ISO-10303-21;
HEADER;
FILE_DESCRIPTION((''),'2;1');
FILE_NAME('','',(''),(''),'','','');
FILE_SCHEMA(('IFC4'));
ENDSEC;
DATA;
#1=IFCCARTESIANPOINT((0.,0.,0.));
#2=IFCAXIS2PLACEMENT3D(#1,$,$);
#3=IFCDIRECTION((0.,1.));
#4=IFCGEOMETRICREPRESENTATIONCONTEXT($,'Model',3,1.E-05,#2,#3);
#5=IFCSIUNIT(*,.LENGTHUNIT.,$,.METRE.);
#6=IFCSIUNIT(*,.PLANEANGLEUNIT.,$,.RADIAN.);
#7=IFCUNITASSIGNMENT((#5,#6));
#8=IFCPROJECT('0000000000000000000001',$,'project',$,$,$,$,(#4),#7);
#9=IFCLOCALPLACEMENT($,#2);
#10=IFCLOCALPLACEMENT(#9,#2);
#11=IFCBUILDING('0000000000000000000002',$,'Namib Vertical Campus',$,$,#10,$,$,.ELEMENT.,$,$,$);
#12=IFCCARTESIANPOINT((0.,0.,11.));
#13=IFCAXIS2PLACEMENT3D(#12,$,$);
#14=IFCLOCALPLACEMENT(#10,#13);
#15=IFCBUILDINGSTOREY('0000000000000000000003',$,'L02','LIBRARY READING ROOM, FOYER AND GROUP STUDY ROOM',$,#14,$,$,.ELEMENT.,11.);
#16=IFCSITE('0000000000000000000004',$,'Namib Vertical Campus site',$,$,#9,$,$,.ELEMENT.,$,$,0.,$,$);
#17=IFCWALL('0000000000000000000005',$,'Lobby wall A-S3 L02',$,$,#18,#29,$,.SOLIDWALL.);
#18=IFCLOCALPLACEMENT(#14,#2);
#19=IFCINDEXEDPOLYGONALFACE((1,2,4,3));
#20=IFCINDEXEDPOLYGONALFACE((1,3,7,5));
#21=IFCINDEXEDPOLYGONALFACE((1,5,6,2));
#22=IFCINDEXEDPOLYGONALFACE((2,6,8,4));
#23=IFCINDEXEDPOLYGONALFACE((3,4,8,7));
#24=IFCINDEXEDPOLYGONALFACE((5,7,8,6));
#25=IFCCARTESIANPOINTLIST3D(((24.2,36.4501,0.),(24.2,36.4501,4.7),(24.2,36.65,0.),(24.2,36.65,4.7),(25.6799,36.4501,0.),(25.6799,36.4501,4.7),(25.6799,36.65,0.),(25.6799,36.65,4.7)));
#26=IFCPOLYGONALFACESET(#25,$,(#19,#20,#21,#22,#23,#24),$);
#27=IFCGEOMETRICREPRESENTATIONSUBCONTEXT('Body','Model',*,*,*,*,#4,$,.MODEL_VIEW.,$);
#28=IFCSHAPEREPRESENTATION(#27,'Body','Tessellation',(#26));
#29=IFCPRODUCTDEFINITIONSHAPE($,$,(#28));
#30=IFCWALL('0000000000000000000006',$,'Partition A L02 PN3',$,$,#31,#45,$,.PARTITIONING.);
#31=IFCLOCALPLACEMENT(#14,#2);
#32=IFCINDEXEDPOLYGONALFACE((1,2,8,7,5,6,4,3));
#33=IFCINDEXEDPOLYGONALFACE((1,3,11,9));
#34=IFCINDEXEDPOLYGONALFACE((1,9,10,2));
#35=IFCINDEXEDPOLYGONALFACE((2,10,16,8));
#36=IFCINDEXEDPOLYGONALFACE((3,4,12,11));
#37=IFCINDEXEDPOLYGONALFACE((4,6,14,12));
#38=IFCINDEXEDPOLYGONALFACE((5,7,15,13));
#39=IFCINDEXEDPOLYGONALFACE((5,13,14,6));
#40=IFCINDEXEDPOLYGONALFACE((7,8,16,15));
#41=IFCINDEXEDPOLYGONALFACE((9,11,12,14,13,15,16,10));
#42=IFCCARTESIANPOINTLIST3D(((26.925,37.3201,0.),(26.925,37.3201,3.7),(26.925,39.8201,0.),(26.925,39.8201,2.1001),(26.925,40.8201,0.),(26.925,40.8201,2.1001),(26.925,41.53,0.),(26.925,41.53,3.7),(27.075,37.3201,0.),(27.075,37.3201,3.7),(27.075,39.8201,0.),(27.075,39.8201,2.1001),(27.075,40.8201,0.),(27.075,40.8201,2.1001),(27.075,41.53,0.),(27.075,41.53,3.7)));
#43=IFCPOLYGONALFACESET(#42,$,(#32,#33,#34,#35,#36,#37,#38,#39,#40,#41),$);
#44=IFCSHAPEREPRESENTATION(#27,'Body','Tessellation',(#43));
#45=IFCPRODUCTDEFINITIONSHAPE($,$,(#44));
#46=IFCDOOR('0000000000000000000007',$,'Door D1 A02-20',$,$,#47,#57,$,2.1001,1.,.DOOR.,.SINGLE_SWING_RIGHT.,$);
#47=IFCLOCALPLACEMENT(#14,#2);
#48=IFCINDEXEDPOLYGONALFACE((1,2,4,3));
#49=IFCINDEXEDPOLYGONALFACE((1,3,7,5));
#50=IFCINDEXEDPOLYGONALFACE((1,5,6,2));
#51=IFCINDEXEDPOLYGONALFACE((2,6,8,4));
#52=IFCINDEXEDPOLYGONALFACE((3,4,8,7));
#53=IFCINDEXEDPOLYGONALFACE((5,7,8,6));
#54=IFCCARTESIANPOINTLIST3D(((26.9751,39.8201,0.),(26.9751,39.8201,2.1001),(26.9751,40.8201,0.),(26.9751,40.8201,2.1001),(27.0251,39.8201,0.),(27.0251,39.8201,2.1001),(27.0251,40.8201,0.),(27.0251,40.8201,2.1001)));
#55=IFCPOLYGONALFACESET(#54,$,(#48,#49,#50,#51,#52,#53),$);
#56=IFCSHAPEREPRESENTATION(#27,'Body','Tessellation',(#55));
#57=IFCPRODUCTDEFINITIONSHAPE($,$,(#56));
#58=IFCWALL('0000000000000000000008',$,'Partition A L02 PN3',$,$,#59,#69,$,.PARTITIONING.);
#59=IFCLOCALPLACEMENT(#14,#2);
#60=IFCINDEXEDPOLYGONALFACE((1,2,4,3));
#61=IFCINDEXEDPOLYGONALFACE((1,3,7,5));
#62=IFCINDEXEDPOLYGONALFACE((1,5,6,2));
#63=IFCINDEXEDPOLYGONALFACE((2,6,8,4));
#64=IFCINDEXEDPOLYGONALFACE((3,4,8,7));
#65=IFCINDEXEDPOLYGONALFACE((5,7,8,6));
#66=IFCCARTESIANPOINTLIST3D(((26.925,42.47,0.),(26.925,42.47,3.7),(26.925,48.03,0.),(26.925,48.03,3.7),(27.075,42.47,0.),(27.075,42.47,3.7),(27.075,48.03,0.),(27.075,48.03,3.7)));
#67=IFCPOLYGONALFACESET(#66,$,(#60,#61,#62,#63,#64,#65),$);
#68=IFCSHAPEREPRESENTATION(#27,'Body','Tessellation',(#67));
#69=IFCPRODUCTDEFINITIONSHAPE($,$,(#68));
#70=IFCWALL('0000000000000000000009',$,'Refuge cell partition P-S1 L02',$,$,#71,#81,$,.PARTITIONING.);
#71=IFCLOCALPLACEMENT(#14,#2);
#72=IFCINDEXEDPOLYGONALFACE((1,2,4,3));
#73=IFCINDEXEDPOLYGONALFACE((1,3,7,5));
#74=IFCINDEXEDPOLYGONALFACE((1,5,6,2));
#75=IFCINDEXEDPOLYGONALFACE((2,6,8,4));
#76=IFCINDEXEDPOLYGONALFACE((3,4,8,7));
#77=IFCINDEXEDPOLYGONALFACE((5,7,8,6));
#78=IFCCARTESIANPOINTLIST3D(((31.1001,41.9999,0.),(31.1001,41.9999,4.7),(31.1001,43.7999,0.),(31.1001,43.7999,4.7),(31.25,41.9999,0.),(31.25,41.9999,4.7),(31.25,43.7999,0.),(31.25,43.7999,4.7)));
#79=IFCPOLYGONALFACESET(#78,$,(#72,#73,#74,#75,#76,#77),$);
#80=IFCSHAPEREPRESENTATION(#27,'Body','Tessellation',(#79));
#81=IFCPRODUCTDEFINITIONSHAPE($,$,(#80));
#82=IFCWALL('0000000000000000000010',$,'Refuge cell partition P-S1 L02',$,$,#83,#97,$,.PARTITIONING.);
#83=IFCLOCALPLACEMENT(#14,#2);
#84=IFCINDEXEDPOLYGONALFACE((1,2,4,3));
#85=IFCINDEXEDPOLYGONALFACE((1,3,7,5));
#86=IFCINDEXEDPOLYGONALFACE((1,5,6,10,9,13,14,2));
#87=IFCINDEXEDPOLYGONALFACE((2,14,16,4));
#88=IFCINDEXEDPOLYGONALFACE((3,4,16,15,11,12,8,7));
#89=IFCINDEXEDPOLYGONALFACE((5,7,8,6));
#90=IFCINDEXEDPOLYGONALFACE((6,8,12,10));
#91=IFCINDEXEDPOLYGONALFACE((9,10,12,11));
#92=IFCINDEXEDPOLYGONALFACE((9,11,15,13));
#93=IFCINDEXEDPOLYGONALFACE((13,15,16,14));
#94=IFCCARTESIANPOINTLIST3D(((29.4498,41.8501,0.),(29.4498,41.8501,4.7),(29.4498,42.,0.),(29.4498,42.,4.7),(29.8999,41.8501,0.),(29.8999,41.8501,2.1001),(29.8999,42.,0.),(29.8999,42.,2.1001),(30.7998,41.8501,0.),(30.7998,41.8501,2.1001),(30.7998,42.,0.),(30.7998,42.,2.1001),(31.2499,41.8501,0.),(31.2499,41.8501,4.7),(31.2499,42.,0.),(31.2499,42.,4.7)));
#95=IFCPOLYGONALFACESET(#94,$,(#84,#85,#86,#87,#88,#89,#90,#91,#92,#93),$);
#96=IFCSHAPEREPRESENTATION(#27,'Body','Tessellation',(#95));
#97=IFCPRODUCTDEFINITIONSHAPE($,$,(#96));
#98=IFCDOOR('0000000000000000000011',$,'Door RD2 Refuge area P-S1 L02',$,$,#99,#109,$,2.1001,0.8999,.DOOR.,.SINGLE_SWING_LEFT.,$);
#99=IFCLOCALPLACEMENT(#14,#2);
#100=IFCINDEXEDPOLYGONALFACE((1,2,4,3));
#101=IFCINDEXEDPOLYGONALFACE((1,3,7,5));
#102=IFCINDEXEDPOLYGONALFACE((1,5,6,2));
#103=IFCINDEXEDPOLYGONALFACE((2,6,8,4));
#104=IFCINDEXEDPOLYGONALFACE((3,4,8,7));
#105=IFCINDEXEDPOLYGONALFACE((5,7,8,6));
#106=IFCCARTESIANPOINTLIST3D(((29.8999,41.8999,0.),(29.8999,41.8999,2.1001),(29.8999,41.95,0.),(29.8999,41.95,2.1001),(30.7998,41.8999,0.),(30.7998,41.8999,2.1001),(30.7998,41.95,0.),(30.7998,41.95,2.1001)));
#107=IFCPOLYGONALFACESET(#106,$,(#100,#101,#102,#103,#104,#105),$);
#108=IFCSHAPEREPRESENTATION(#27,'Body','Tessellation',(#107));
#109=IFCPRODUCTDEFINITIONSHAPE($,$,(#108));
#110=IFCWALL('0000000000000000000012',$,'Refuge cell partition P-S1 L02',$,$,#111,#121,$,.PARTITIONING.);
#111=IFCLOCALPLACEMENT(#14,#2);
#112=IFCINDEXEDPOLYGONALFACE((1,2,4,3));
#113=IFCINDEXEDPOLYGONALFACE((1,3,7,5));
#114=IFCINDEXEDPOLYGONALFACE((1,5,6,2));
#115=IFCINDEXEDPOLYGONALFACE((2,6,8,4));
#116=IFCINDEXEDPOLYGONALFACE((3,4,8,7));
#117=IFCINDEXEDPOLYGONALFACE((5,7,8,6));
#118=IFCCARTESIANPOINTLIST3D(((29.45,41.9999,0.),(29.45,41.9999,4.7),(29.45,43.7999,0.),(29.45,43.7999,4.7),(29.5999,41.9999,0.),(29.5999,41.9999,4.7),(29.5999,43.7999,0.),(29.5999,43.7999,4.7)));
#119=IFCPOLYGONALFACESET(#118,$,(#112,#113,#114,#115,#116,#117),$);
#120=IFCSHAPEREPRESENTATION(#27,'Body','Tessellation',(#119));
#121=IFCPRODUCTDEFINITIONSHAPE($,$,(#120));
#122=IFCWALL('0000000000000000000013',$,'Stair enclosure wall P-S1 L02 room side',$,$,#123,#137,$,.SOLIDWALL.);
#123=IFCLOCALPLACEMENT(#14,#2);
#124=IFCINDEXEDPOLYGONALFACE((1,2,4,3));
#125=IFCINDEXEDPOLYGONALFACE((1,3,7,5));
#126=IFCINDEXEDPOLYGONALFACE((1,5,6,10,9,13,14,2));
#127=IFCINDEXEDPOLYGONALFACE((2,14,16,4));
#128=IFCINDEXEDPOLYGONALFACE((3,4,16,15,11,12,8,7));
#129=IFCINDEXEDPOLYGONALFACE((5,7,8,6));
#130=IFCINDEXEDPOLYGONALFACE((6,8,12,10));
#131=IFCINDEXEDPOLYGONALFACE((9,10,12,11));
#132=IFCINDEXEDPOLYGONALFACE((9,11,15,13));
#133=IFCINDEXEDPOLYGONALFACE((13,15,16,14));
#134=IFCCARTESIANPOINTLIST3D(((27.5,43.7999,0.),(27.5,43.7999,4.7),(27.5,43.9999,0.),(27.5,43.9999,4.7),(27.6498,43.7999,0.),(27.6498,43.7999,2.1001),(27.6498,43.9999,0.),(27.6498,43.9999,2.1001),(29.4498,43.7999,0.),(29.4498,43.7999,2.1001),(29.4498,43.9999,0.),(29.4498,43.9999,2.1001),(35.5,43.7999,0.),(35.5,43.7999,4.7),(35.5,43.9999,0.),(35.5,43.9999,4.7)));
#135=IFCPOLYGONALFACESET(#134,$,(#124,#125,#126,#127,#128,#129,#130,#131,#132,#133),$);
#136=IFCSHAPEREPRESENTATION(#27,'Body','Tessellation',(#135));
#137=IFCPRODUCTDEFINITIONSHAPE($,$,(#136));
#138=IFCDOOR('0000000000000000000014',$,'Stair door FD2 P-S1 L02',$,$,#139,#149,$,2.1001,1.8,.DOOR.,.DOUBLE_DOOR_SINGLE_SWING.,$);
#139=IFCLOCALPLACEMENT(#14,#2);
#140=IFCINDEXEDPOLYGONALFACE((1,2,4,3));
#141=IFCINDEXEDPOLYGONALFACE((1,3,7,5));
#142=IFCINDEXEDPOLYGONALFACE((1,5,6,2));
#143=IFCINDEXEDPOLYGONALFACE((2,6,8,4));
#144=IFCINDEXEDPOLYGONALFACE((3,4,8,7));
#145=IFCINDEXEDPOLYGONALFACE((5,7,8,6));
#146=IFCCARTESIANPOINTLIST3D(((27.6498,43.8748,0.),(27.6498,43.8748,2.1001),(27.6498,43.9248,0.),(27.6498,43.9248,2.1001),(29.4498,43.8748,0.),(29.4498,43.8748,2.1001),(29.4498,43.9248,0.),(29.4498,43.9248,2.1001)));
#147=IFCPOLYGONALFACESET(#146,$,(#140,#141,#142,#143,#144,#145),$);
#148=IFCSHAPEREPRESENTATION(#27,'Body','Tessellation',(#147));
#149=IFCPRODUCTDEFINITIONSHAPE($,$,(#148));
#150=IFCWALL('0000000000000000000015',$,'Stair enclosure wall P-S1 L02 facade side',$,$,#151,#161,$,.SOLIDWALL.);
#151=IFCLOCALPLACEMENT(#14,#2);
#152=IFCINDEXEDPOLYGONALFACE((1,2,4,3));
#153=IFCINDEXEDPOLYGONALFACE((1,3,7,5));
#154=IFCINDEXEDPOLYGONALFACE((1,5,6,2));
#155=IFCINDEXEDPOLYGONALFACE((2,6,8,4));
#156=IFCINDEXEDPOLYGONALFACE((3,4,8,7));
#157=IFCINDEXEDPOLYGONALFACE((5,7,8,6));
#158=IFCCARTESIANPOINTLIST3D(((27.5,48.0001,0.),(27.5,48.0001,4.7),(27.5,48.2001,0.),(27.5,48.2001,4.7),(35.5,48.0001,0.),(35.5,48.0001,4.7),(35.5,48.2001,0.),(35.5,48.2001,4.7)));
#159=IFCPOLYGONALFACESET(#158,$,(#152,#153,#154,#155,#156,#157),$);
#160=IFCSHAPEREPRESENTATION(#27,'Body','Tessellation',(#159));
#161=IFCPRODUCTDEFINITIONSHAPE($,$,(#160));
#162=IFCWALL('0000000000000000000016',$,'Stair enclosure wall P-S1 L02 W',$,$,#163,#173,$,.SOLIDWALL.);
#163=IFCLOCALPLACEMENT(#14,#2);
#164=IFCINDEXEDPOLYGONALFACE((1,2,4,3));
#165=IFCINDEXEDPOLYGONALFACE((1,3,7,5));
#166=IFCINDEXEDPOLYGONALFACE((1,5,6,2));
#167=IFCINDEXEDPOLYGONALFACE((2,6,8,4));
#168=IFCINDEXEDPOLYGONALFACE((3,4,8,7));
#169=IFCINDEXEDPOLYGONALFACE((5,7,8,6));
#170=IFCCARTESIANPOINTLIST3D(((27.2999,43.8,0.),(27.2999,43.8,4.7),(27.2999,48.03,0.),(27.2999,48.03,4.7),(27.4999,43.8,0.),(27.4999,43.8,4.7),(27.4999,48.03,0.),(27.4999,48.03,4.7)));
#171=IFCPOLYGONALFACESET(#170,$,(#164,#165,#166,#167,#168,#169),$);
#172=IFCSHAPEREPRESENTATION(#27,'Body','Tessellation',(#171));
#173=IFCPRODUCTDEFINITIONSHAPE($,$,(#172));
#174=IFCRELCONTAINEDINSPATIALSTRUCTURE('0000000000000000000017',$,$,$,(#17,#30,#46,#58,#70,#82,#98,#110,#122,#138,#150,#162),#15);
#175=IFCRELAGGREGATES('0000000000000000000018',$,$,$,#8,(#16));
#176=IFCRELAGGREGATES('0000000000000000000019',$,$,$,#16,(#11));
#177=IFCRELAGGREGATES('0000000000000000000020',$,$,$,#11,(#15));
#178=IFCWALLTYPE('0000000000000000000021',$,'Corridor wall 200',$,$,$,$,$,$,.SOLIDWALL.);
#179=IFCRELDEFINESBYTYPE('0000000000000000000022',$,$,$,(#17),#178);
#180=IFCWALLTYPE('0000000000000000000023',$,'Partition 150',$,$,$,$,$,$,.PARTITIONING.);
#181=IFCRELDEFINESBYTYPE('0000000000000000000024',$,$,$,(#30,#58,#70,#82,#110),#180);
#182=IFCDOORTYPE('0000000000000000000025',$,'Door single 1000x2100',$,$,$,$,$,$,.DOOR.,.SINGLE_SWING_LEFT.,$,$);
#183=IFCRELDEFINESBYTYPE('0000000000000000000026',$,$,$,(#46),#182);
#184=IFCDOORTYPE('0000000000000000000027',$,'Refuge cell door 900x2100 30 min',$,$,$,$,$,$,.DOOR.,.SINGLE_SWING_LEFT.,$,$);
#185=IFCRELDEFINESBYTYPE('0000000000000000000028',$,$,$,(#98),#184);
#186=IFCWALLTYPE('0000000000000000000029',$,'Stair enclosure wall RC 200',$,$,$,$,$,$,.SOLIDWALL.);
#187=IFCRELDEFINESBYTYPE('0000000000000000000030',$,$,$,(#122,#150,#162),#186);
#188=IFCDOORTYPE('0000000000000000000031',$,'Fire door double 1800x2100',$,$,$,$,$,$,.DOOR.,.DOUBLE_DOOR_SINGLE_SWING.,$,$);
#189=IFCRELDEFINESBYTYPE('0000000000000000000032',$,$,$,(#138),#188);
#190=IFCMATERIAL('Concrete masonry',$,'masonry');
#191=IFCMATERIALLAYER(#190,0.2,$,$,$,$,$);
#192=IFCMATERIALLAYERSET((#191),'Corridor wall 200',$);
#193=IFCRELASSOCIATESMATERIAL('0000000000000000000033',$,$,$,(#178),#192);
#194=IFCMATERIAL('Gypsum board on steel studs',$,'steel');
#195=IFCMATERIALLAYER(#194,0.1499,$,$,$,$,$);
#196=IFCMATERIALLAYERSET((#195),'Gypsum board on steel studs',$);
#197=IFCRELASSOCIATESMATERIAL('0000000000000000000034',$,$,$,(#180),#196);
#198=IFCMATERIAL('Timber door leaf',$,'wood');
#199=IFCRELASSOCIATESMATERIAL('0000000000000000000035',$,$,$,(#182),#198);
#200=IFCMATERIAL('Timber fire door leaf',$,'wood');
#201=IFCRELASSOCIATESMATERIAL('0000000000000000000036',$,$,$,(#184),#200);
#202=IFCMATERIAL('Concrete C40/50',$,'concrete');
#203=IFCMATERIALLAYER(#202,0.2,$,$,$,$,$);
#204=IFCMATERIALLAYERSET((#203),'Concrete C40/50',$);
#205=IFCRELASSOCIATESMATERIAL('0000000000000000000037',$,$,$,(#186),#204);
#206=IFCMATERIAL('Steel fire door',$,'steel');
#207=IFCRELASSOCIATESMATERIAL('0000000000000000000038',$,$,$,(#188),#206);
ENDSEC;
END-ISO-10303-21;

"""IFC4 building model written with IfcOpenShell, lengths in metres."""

from ifc_helpers import new_model, si_unit, direction, frame, frame_2d, origin, place, context, subcontext, project, spatial, rectangle, extrude, material, layer, layer_set, type_object, element, fill, save


model = new_model("IFC4")

# Units and contexts
model_context = context("Model", 3, precision=1e-05, world=origin(), true_north=direction((0.0, 1.0)))
body_context = subcontext(model_context, "Body", "Model", "MODEL_VIEW")
ifc_project = project(units=[si_unit("LENGTHUNIT", "METRE"), si_unit("PLANEANGLEUNIT", "RADIAN")], contexts=[model_context])

# Site, building, storey
site_placement = place(None, origin())
site = spatial("IfcSite", under=ifc_project, at=site_placement, Name="Namib Vertical Campus site", CompositionType="ELEMENT", RefElevation=0.0)
building_placement = place(site_placement, origin())
building = spatial("IfcBuilding", under=site, at=building_placement, Name="Namib Vertical Campus", CompositionType="ELEMENT")
storey_placement = place(building_placement, frame((0.0, 0.0, 11.0)))
storey = spatial("IfcBuildingStorey", under=building, at=storey_placement, Name="L02", Description="LIBRARY READING ROOM, FOYER AND GROUP STUDY ROOM", CompositionType="ELEMENT", Elevation=11.0)

# Wall
ifc_material_1 = material(Name="Concrete masonry", Category="masonry")
ifc_layer_1 = layer(ifc_material_1, 0.2)
ifc_layer_set_1 = layer_set([ifc_layer_1], Name="Corridor wall 200")
wall_type_1 = type_object("IfcWallType", Name="Corridor wall 200", PredefinedType="SOLIDWALL", material=ifc_layer_set_1)
wall_1_placement = place(storey_placement, frame((24.2, 36.55, 0.0), z_axis=(0.0, 0.0, 1.0), x_axis=(1.0, 0.0, 0.0)))
element("IfcWall", 1, at=wall_1_placement, inside=storey, type_object=wall_type_1, Name="Lobby wall A-S3 L02", PredefinedType="SOLIDWALL", context=body_context, shape_type="SweptSolid", body=[
    extrude(rectangle(XDim=1.48, YDim=0.2, at=frame_2d((0.74, 0.0))), origin(), (0.0, 0.0, 1.0), 4.7),
])

# Wall, opening, door
ifc_material_2 = material(Name="Gypsum board on steel studs", Category="steel")
ifc_layer_2 = layer(ifc_material_2, 0.1499)
ifc_layer_set_2 = layer_set([ifc_layer_2], Name="Gypsum board on steel studs")
wall_type_2 = type_object("IfcWallType", Name="Partition 150", PredefinedType="PARTITIONING", material=ifc_layer_set_2)
wall_2_placement = place(storey_placement, frame((27.0, 37.3201, 0.0), z_axis=(0.0, 0.0, 1.0), x_axis=(0.0, 1.0, 0.0)))
wall_2 = element("IfcWall", 2, at=wall_2_placement, inside=storey, type_object=wall_type_2, Name="Partition A L02 PN3", PredefinedType="PARTITIONING", context=body_context, shape_type="SweptSolid", body=[
    extrude(rectangle(XDim=4.21, YDim=0.1499, at=frame_2d((2.105, 0.0))), origin(), (0.0, 0.0, 1.0), 3.7),
])
opening_1_placement = place(wall_2_placement, frame((2.5, 0.0, 0.0)))
opening_1 = element("IfcOpeningElement", 3, at=opening_1_placement, cuts=wall_2, PredefinedType="OPENING", context=body_context, shape_type="SweptSolid", body=[
    extrude(rectangle(XDim=1.0, YDim=2.1001, at=frame_2d((0.5, 1.05))), frame((0.0, 0.085, 0.0), z_axis=(0.0, -1.0, 0.0), x_axis=(1.0, 0.0, 0.0)), (0.0, 0.0, 1.0), 0.1699),
])
ifc_material_3 = material(Name="Timber door leaf", Category="wood")
door_type_1 = type_object("IfcDoorType", Name="Door single 1000x2100", OperationType="SINGLE_SWING_LEFT", PredefinedType="DOOR", material=ifc_material_3)
door_1_placement = place(opening_1_placement, origin())
door_1 = element("IfcDoor", 4, at=door_1_placement, inside=storey, type_object=door_type_1, Name="Door D1 A02-20", OperationType="SINGLE_SWING_RIGHT", OverallHeight=2.1001, OverallWidth=1.0, PredefinedType="DOOR", context=body_context, shape_type="SweptSolid", body=[
    extrude(rectangle(XDim=1.0, YDim=2.1001, at=frame_2d((0.5, 1.05))), frame((0.0, 0.0249, 0.0), z_axis=(0.0, -1.0, 0.0), x_axis=(1.0, 0.0, 0.0)), (0.0, 0.0, 1.0), 0.05),
])
fill(opening_1, door_1)

# Walls
wall_3_placement = place(storey_placement, frame((27.0, 42.47, 0.0), z_axis=(0.0, 0.0, 1.0), x_axis=(0.0, 1.0, 0.0)))
element("IfcWall", 5, at=wall_3_placement, inside=storey, type_object=wall_type_2, Name="Partition A L02 PN3", PredefinedType="PARTITIONING", context=body_context, shape_type="SweptSolid", body=[
    extrude(rectangle(XDim=5.5601, YDim=0.1499, at=frame_2d((2.78, 0.0))), origin(), (0.0, 0.0, 1.0), 3.7),
])
wall_4_placement = place(storey_placement, frame((31.175, 42.0, 0.0), z_axis=(0.0, 0.0, 1.0), x_axis=(0.0, 1.0, 0.0)))
element("IfcWall", 6, at=wall_4_placement, inside=storey, type_object=wall_type_2, Name="Refuge cell partition P-S1 L02", PredefinedType="PARTITIONING", context=body_context, shape_type="SweptSolid", body=[
    extrude(rectangle(XDim=1.8, YDim=0.1499, at=frame_2d((0.8999, 0.0))), origin(), (0.0, 0.0, 1.0), 4.7),
])

# Wall, opening, door
wall_5_placement = place(storey_placement, frame((29.45, 41.925, 0.0), z_axis=(0.0, 0.0, 1.0), x_axis=(1.0, 0.0, 0.0)))
wall_5 = element("IfcWall", 7, at=wall_5_placement, inside=storey, type_object=wall_type_2, Name="Refuge cell partition P-S1 L02", PredefinedType="PARTITIONING", context=body_context, shape_type="SweptSolid", body=[
    extrude(rectangle(XDim=1.8, YDim=0.1499, at=frame_2d((0.8999, 0.0))), origin(), (0.0, 0.0, 1.0), 4.7),
])
opening_2_placement = place(wall_5_placement, frame((0.45, 0.0, 0.0)))
opening_2 = element("IfcOpeningElement", 8, at=opening_2_placement, cuts=wall_5, PredefinedType="OPENING", context=body_context, shape_type="SweptSolid", body=[
    extrude(rectangle(XDim=0.8999, YDim=2.1001, at=frame_2d((0.45, 1.05))), frame((0.0, 0.085, 0.0), z_axis=(0.0, -1.0, 0.0), x_axis=(1.0, 0.0, 0.0)), (0.0, 0.0, 1.0), 0.1699),
])
ifc_material_4 = material(Name="Timber fire door leaf", Category="wood")
door_type_2 = type_object("IfcDoorType", Name="Refuge cell door 900x2100 30 min", OperationType="SINGLE_SWING_LEFT", PredefinedType="DOOR", material=ifc_material_4)
door_2_placement = place(opening_2_placement, origin())
door_2 = element("IfcDoor", 9, at=door_2_placement, inside=storey, type_object=door_type_2, Name="Door RD2 Refuge area P-S1 L02", OperationType="SINGLE_SWING_LEFT", OverallHeight=2.1001, OverallWidth=0.8999, PredefinedType="DOOR", context=body_context, shape_type="SweptSolid", body=[
    extrude(rectangle(XDim=0.8999, YDim=2.1001, at=frame_2d((0.45, 1.05))), frame((0.0, 0.0249, 0.0), z_axis=(0.0, -1.0, 0.0), x_axis=(1.0, 0.0, 0.0)), (0.0, 0.0, 1.0), 0.05),
])
fill(opening_2, door_2)

# Wall
wall_6_placement = place(storey_placement, frame((29.5249, 42.0, 0.0), z_axis=(0.0, 0.0, 1.0), x_axis=(0.0, 1.0, 0.0)))
element("IfcWall", 10, at=wall_6_placement, inside=storey, type_object=wall_type_2, Name="Refuge cell partition P-S1 L02", PredefinedType="PARTITIONING", context=body_context, shape_type="SweptSolid", body=[
    extrude(rectangle(XDim=1.8, YDim=0.1499, at=frame_2d((0.8999, 0.0))), origin(), (0.0, 0.0, 1.0), 4.7),
])

# Wall, opening, door
ifc_material_5 = material(Name="Concrete C40/50", Category="concrete")
ifc_layer_3 = layer(ifc_material_5, 0.2)
ifc_layer_set_3 = layer_set([ifc_layer_3], Name="Concrete C40/50")
wall_type_3 = type_object("IfcWallType", Name="Stair enclosure wall RC 200", PredefinedType="SOLIDWALL", material=ifc_layer_set_3)
wall_7_placement = place(storey_placement, frame((27.5, 43.8999, 0.0), z_axis=(0.0, 0.0, 1.0), x_axis=(1.0, 0.0, 0.0)))
wall_7 = element("IfcWall", 11, at=wall_7_placement, inside=storey, type_object=wall_type_3, Name="Stair enclosure wall P-S1 L02 room side", PredefinedType="SOLIDWALL", context=body_context, shape_type="SweptSolid", body=[
    extrude(rectangle(XDim=8.0, YDim=0.2, at=frame_2d((4.0, 0.0))), origin(), (0.0, 0.0, 1.0), 4.7),
])
opening_3_placement = place(wall_7_placement, frame((0.1499, 0.0, 0.0)))
opening_3 = element("IfcOpeningElement", 12, at=opening_3_placement, cuts=wall_7, PredefinedType="OPENING", context=body_context, shape_type="SweptSolid", body=[
    extrude(rectangle(XDim=1.8, YDim=2.1001, at=frame_2d((0.8999, 1.05))), frame((0.0, 0.1099, 0.0), z_axis=(0.0, -1.0, 0.0), x_axis=(1.0, 0.0, 0.0)), (0.0, 0.0, 1.0), 0.22),
])
ifc_material_6 = material(Name="Steel fire door", Category="steel")
door_type_3 = type_object("IfcDoorType", Name="Fire door double 1800x2100", OperationType="DOUBLE_DOOR_SINGLE_SWING", PredefinedType="DOOR", material=ifc_material_6)
door_3_placement = place(opening_3_placement, origin())
door_3 = element("IfcDoor", 13, at=door_3_placement, inside=storey, type_object=door_type_3, Name="Stair door FD2 P-S1 L02", OperationType="DOUBLE_DOOR_SINGLE_SWING", OverallHeight=2.1001, OverallWidth=1.8, PredefinedType="DOOR", context=body_context, shape_type="SweptSolid", body=[
    extrude(rectangle(XDim=1.8, YDim=2.1001, at=frame_2d((0.8999, 1.05))), frame((0.0, 0.0249, 0.0), z_axis=(0.0, -1.0, 0.0), x_axis=(1.0, 0.0, 0.0)), (0.0, 0.0, 1.0), 0.05),
])
fill(opening_3, door_3)

# Walls
wall_8_placement = place(storey_placement, frame((27.5, 48.1001, 0.0), z_axis=(0.0, 0.0, 1.0), x_axis=(1.0, 0.0, 0.0)))
element("IfcWall", 14, at=wall_8_placement, inside=storey, type_object=wall_type_3, Name="Stair enclosure wall P-S1 L02 facade side", PredefinedType="SOLIDWALL", context=body_context, shape_type="SweptSolid", body=[
    extrude(rectangle(XDim=8.0, YDim=0.2, at=frame_2d((4.0, 0.0))), origin(), (0.0, 0.0, 1.0), 4.7),
])
for number, where, z_axis, x_axis, name in (
    (15, (27.3999, 43.8, 0.0), (0.0, 0.0, 1.0), (0.0, 1.0, 0.0), "Stair enclosure wall P-S1 L02 W"),
):
    element("IfcWall", number, at=place(storey_placement, frame(where, z_axis=z_axis, x_axis=x_axis)), inside=storey, type_object=wall_type_3, Name=name, PredefinedType="SOLIDWALL", context=body_context, shape_type="SweptSolid", body=[
        extrude(rectangle(XDim=4.23, YDim=0.2, at=frame_2d((2.115, 0.0))), origin(), (0.0, 0.0, 1.0), 4.7),
    ])

save(model, "model.ifc")
